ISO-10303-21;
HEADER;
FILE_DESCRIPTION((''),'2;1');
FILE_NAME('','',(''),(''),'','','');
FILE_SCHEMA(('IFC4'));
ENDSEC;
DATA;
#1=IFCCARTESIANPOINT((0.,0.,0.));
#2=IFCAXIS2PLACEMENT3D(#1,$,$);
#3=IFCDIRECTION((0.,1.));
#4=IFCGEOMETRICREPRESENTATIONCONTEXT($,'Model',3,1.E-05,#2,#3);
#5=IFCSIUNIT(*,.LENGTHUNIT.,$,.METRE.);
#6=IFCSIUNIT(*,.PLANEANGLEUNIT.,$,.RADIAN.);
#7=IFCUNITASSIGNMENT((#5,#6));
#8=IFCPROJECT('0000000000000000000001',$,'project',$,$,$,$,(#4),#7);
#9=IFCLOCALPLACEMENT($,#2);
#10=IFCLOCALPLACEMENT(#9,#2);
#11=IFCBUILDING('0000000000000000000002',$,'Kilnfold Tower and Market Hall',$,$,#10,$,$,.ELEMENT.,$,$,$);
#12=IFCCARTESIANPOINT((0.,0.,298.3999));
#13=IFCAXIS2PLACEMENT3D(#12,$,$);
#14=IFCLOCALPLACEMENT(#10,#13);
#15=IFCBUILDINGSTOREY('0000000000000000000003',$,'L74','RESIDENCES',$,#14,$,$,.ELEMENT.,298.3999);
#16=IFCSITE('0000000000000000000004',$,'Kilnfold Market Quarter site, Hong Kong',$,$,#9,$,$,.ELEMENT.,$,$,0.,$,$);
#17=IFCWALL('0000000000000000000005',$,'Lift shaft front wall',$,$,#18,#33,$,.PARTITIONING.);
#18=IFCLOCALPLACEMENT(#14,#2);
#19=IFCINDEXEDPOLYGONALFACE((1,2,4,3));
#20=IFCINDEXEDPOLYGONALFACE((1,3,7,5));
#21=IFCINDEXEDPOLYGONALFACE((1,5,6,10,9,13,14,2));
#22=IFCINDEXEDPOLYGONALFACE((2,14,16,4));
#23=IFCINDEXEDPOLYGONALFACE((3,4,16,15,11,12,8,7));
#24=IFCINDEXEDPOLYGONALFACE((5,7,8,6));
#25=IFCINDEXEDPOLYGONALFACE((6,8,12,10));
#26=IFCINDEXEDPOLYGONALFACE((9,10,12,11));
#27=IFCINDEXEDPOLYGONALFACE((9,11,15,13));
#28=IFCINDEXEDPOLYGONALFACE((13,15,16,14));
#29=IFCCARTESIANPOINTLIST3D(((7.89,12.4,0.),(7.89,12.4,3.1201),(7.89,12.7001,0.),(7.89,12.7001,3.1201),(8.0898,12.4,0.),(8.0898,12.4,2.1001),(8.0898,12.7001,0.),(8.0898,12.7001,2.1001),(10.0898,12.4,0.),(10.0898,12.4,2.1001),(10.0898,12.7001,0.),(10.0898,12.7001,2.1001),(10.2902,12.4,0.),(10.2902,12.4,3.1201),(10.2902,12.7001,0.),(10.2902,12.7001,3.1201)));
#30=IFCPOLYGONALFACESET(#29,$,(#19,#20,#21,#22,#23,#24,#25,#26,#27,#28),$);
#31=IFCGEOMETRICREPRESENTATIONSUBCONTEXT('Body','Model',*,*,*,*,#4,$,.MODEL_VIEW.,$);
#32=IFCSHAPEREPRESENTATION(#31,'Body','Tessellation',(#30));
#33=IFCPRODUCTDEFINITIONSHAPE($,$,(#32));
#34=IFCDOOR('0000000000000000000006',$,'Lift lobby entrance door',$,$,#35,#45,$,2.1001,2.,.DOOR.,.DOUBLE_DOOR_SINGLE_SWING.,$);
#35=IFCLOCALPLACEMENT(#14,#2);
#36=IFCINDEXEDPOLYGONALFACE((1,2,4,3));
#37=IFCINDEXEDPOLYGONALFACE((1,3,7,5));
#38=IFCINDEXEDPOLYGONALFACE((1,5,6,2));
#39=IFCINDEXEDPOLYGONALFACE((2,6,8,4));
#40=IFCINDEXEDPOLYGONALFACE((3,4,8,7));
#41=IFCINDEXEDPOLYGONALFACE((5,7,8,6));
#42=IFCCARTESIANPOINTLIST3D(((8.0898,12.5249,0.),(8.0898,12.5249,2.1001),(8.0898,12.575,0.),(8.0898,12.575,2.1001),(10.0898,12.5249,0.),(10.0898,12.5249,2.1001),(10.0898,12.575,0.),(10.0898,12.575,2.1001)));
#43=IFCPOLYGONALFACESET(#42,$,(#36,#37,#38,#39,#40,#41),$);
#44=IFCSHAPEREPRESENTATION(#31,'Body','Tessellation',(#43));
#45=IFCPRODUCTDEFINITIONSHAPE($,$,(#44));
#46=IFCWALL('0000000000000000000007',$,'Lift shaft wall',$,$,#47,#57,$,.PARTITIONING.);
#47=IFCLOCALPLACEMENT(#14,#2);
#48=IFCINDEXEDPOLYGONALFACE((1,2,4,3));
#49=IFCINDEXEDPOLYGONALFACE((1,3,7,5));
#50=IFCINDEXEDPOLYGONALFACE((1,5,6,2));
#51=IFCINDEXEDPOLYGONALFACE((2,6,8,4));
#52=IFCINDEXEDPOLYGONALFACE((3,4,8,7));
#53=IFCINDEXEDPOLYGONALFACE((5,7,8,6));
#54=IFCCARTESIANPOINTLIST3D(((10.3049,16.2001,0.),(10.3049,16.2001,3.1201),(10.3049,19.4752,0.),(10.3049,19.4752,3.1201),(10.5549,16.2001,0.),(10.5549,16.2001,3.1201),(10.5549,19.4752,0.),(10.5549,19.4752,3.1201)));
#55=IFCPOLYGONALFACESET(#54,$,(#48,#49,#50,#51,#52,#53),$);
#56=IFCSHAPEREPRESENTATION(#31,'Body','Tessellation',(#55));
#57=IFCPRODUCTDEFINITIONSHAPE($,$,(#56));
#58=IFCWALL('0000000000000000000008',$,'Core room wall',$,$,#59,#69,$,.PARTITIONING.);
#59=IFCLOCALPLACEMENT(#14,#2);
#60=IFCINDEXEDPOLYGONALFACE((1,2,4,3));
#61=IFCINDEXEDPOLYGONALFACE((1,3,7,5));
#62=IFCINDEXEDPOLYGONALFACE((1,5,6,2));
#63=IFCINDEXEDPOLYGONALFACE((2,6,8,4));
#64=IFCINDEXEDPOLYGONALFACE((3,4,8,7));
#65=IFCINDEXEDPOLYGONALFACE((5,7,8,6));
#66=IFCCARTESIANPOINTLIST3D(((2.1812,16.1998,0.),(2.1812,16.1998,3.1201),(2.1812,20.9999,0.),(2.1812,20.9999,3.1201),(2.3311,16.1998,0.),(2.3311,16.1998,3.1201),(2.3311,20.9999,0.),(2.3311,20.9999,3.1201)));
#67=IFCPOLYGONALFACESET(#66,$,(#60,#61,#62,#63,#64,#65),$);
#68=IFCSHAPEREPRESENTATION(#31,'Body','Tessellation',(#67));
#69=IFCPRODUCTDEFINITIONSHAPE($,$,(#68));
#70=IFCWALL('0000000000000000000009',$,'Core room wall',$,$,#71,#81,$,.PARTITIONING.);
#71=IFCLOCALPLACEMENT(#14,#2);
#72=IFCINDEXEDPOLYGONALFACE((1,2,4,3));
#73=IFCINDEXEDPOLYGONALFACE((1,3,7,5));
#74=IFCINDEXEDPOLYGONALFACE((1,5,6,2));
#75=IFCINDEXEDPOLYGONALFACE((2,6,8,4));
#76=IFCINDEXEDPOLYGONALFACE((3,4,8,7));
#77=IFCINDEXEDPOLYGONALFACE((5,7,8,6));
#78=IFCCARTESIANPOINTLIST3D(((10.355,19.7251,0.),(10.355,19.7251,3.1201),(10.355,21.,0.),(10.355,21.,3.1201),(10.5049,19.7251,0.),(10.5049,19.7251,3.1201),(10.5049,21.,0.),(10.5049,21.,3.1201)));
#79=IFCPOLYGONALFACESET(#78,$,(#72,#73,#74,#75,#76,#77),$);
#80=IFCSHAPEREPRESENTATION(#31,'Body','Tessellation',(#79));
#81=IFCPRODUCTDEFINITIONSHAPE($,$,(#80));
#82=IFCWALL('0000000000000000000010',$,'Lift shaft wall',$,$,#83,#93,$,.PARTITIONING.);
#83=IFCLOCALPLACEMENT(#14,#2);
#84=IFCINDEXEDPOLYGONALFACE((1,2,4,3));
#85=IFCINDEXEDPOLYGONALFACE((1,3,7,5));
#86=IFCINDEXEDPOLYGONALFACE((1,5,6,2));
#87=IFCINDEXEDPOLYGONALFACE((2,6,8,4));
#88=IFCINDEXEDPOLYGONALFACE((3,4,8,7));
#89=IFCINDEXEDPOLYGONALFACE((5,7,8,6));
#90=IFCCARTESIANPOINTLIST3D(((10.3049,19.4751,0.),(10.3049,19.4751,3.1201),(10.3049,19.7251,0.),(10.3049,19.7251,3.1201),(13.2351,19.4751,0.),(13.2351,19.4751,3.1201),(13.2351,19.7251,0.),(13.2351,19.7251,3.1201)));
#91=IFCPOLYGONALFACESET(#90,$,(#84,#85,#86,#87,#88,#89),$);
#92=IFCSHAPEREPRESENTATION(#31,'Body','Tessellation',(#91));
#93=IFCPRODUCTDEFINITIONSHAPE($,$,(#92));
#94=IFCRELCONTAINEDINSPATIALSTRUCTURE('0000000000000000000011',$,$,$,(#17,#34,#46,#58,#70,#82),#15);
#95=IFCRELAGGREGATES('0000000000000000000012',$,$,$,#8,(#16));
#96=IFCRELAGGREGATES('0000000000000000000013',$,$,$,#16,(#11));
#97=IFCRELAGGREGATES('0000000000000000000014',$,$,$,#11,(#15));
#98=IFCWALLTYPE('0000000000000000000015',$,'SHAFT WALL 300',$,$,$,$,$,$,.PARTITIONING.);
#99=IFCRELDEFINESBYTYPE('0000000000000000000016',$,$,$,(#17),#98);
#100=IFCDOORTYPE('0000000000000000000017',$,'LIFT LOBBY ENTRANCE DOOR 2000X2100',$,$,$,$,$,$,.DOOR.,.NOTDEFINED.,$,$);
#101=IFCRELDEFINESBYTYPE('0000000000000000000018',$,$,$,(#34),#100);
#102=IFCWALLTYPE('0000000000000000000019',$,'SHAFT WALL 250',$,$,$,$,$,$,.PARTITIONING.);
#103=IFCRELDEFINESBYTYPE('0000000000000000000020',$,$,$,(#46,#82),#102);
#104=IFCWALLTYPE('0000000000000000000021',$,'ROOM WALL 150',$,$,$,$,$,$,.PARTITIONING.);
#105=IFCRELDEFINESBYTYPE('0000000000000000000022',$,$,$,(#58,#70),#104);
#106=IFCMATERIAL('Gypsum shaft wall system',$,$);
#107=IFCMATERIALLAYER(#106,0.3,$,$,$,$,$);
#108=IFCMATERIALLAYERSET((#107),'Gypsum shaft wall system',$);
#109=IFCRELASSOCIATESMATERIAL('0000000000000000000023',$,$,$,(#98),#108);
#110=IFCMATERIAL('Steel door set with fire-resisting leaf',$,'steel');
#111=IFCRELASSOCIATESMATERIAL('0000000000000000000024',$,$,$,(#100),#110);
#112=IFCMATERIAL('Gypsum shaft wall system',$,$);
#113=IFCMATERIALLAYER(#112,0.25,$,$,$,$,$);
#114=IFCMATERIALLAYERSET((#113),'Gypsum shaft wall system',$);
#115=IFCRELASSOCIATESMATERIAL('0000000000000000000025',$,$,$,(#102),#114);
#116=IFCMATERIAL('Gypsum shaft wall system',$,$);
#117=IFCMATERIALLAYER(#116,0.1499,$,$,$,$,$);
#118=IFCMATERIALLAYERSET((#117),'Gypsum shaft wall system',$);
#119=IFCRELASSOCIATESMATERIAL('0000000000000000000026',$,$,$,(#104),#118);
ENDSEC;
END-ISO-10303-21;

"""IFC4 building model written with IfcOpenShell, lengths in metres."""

from ifc_helpers import new_model, si_unit, direction, frame, frame_2d, origin, place, context, subcontext, project, spatial, rectangle, extrude, source, transform, mapped, material, layer, layer_set, type_object, element, fill, save


model = new_model("IFC4")

# Units and contexts
model_context = context("Model", 3, precision=1e-05, world=origin(), true_north=direction((0.0, 1.0)))
body_context = subcontext(model_context, "Body", "Model", "MODEL_VIEW")
ifc_project = project(units=[si_unit("LENGTHUNIT", "METRE"), si_unit("PLANEANGLEUNIT", "RADIAN")], contexts=[model_context])

# Site, building, storey
site_placement = place(None, origin())
site = spatial("IfcSite", under=ifc_project, at=site_placement, Name="Kilnfold Market Quarter site, Hong Kong", CompositionType="ELEMENT", RefElevation=0.0)
building_placement = place(site_placement, origin())
building = spatial("IfcBuilding", under=site, at=building_placement, Name="Kilnfold Tower and Market Hall", CompositionType="ELEMENT")
storey_placement = place(building_placement, frame((0.0, 0.0, 298.3999)))
storey = spatial("IfcBuildingStorey", under=building, at=storey_placement, Name="L74", Description="RESIDENCES", CompositionType="ELEMENT", Elevation=298.3999)

# Wall, opening, door
ifc_material_1 = material(Name="Gypsum shaft wall system")
ifc_layer_1 = layer(ifc_material_1, 0.3)
ifc_layer_set_1 = layer_set([ifc_layer_1], Name="Gypsum shaft wall system")
wall_type_1 = type_object("IfcWallType", Name="SHAFT WALL 300", PredefinedType="PARTITIONING", material=ifc_layer_set_1)
shared_shape_1 = source(origin(), body_context, "Body", "SweptSolid", [
    extrude(rectangle(XDim=2.4001, YDim=0.3, at=frame_2d((1.2002, 0.0))), origin(), (0.0, 0.0, 1.0), 3.1201),
])
wall_1_placement = place(storey_placement, frame((7.8899, 12.55, 0.0), z_axis=(0.0, 0.0, 1.0), x_axis=(1.0, 0.0, 0.0)))
wall_1 = element("IfcWall", 1, at=wall_1_placement, inside=storey, type_object=wall_type_1, Name="Lift shaft front wall", PredefinedType="PARTITIONING", context=body_context, shape_type="MappedRepresentation", body=[
    mapped(shared_shape_1, transform((0.0, 0.0, 0.0))),
])
opening_1_placement = place(wall_1_placement, frame((0.2, 0.0, 0.0)))
opening_1 = element("IfcOpeningElement", 2, at=opening_1_placement, cuts=wall_1, PredefinedType="OPENING", context=body_context, shape_type="SweptSolid", body=[
    extrude(rectangle(XDim=2.0, YDim=2.1001, at=frame_2d((1.0, 1.05))), frame((0.0, 0.1602, 0.0), z_axis=(0.0, -1.0, 0.0), x_axis=(1.0, 0.0, 0.0)), (0.0, 0.0, 1.0), 0.3201),
])
ifc_material_2 = material(Name="Steel door set with fire-resisting leaf", Category="steel")
door_type_1 = type_object("IfcDoorType", Name="LIFT LOBBY ENTRANCE DOOR 2000X2100", OperationType="NOTDEFINED", PredefinedType="DOOR", material=ifc_material_2)
door_1_placement = place(opening_1_placement, origin())
door_1 = element("IfcDoor", 3, at=door_1_placement, inside=storey, type_object=door_type_1, Name="Lift lobby entrance door", OperationType="DOUBLE_DOOR_SINGLE_SWING", OverallHeight=2.1001, OverallWidth=2.0, PredefinedType="DOOR", context=body_context, shape_type="SweptSolid", body=[
    extrude(rectangle(XDim=2.0, YDim=2.1001, at=frame_2d((1.0, 1.05))), frame((0.0, 0.0249, 0.0), z_axis=(0.0, -1.0, 0.0), x_axis=(1.0, 0.0, 0.0)), (0.0, 0.0, 1.0), 0.05),
])
fill(opening_1, door_1)

# Walls
ifc_material_3 = material(Name="Gypsum shaft wall system")
ifc_layer_2 = layer(ifc_material_3, 0.25)
ifc_layer_set_2 = layer_set([ifc_layer_2], Name="Gypsum shaft wall system")
wall_type_2 = type_object("IfcWallType", Name="SHAFT WALL 250", PredefinedType="PARTITIONING", material=ifc_layer_set_2)
shared_shape_2 = source(origin(), body_context, "Body", "SweptSolid", [
    extrude(rectangle(XDim=3.2751, YDim=0.25, at=frame_2d((1.6377, 0.0))), origin(), (0.0, 0.0, 1.0), 3.1201),
])
wall_2_placement = place(storey_placement, frame((10.4299, 16.2, 0.0), z_axis=(0.0, 0.0, 1.0), x_axis=(0.0, 1.0, 0.0)))
element("IfcWall", 4, at=wall_2_placement, inside=storey, type_object=wall_type_2, Name="Lift shaft wall", PredefinedType="PARTITIONING", context=body_context, shape_type="MappedRepresentation", body=[
    mapped(shared_shape_2, transform((0.0, 0.0, 0.0))),
])
ifc_material_4 = material(Name="Gypsum shaft wall system")
ifc_layer_3 = layer(ifc_material_4, 0.1499)
ifc_layer_set_3 = layer_set([ifc_layer_3], Name="Gypsum shaft wall system")
wall_type_3 = type_object("IfcWallType", Name="ROOM WALL 150", PredefinedType="PARTITIONING", material=ifc_layer_set_3)
shared_shape_3 = source(origin(), body_context, "Body", "SweptSolid", [
    extrude(rectangle(XDim=4.8, YDim=0.1499, at=frame_2d((2.3999, 0.0))), origin(), (0.0, 0.0, 1.0), 3.1201),
])
wall_3_placement = place(storey_placement, frame((2.2561, 16.2, 0.0), z_axis=(0.0, 0.0, 1.0), x_axis=(0.0, 1.0, 0.0)))
element("IfcWall", 5, at=wall_3_placement, inside=storey, type_object=wall_type_3, Name="Core room wall", PredefinedType="PARTITIONING", context=body_context, shape_type="MappedRepresentation", body=[
    mapped(shared_shape_3, transform((0.0, 0.0, 0.0))),
])
shared_shape_4 = source(origin(), body_context, "Body", "SweptSolid", [
    extrude(rectangle(XDim=1.2749, YDim=0.1499, at=frame_2d((0.6375, 0.0))), origin(), (0.0, 0.0, 1.0), 3.1201),
])
wall_4_placement = place(storey_placement, frame((10.4299, 19.7251, 0.0), z_axis=(0.0, 0.0, 1.0), x_axis=(0.0, 1.0, 0.0)))
element("IfcWall", 6, at=wall_4_placement, inside=storey, type_object=wall_type_3, Name="Core room wall", PredefinedType="PARTITIONING", context=body_context, shape_type="MappedRepresentation", body=[
    mapped(shared_shape_4, transform((0.0, 0.0, 0.0))),
])
shared_shape_5 = source(origin(), body_context, "Body", "SweptSolid", [
    extrude(rectangle(XDim=2.9302, YDim=0.25, at=frame_2d((1.4651, 0.0))), origin(), (0.0, 0.0, 1.0), 3.1201),
])
wall_5_placement = place(storey_placement, frame((10.3049, 19.6001, 0.0), z_axis=(0.0, 0.0, 1.0), x_axis=(1.0, 0.0, 0.0)))
element("IfcWall", 7, at=wall_5_placement, inside=storey, type_object=wall_type_2, Name="Lift shaft wall", PredefinedType="PARTITIONING", context=body_context, shape_type="MappedRepresentation", body=[
    mapped(shared_shape_5, transform((0.0, 0.0, 0.0))),
])

save(model, "model.ifc")
